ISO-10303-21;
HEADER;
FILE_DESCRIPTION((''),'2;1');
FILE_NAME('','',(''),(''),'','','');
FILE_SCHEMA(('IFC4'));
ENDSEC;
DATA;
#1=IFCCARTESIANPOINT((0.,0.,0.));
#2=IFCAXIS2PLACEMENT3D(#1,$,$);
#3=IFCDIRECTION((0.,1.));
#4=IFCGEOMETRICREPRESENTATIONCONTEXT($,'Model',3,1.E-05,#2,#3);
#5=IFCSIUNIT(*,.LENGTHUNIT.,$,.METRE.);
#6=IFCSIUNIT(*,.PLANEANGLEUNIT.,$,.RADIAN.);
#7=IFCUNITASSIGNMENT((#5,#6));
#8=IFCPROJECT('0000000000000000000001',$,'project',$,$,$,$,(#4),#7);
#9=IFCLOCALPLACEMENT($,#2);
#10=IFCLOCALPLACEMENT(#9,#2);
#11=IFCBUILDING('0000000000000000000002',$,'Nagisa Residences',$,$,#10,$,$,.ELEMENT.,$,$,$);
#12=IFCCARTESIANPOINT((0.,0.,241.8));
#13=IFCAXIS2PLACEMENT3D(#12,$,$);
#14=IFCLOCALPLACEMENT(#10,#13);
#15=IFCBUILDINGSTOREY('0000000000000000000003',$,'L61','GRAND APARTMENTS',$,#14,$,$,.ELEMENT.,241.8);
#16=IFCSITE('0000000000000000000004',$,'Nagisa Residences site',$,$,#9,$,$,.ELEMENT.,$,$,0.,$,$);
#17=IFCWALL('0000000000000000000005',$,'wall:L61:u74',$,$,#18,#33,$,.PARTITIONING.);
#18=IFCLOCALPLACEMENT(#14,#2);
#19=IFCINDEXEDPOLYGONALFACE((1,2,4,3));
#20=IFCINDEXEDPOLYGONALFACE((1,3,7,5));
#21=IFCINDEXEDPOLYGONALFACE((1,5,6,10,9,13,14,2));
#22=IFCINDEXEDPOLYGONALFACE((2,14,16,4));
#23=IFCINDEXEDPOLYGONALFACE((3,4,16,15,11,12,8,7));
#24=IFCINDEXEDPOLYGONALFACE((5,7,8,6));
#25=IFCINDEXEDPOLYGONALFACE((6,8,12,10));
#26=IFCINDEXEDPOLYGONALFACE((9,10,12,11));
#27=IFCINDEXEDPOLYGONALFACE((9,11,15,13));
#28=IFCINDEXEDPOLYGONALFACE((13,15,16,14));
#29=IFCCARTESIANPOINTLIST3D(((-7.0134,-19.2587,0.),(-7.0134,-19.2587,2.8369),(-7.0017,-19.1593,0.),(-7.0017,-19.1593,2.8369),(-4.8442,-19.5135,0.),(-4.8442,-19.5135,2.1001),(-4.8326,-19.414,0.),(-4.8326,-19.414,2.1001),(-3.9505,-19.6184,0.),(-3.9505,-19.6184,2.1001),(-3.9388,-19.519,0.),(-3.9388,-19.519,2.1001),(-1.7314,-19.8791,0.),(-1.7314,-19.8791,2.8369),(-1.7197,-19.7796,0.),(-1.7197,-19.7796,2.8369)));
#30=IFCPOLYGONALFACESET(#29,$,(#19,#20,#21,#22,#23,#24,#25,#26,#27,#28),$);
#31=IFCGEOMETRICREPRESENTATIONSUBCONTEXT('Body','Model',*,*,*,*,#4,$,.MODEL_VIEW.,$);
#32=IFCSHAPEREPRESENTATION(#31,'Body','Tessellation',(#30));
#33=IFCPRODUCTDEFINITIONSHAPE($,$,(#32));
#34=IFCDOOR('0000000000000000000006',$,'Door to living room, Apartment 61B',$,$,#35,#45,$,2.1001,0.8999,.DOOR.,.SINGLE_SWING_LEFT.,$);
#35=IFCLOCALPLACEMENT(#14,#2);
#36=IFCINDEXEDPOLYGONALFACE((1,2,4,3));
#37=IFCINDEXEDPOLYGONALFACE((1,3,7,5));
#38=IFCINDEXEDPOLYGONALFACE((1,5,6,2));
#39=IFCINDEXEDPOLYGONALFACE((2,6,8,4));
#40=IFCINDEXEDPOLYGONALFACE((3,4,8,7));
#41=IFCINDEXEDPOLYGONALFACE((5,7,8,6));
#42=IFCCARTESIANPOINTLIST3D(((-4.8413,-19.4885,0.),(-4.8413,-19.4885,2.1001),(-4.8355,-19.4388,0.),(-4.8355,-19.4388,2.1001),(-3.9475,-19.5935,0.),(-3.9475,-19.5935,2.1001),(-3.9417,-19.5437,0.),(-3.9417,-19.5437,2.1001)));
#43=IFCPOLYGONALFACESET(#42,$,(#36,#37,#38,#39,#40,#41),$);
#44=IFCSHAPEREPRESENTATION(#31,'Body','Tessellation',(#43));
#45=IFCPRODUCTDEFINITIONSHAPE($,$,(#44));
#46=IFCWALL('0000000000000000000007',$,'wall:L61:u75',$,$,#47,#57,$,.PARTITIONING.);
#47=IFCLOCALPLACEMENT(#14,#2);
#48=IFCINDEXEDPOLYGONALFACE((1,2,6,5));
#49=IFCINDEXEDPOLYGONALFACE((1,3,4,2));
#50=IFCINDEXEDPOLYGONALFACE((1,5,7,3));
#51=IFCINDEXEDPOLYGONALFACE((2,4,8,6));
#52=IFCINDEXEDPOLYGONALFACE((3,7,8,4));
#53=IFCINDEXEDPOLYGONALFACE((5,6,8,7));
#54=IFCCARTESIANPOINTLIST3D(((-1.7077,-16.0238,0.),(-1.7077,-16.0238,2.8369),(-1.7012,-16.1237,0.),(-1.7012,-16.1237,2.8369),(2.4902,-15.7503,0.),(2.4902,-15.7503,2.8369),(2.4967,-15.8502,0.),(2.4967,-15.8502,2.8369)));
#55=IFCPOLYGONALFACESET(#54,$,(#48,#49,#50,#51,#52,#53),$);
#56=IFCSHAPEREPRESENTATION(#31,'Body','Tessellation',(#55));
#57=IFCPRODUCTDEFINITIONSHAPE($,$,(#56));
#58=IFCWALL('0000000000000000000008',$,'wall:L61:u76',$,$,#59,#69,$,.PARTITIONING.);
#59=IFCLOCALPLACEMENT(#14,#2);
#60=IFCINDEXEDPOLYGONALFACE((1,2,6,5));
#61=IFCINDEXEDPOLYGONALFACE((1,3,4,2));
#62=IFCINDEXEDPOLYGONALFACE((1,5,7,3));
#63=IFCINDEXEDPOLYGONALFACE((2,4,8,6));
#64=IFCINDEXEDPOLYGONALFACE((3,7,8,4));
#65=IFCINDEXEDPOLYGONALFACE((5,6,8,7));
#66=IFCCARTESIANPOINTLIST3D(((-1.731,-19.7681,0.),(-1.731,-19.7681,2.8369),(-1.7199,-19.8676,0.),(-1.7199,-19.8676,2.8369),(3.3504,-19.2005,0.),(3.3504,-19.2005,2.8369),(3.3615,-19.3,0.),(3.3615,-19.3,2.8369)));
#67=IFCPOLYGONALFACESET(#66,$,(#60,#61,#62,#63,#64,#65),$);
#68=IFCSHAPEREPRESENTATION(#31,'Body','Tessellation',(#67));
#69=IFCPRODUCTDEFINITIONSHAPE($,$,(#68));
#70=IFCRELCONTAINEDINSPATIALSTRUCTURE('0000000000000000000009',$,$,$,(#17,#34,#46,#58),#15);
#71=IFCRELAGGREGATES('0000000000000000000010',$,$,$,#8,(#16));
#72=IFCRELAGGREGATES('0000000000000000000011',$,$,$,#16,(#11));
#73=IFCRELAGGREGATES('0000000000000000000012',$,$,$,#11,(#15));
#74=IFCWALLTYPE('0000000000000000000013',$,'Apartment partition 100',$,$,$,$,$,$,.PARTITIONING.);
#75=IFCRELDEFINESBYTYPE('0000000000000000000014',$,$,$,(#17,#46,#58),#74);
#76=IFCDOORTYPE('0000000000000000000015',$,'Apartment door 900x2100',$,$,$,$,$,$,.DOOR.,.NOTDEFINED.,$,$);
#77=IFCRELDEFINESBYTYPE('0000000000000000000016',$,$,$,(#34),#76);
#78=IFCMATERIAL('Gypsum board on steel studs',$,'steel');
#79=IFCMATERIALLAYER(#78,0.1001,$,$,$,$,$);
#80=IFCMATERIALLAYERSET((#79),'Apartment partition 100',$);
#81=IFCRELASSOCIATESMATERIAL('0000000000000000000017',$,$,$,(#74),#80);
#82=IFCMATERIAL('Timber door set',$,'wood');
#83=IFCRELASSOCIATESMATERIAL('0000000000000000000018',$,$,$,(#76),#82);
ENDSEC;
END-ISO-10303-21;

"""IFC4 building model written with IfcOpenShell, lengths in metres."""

from ifc_helpers import new_model, si_unit, direction, frame, frame_2d, origin, place, context, subcontext, project, spatial, rectangle, extrude, material, layer, layer_set, type_object, element, fill, save


model = new_model("IFC4")

# Units and contexts
model_context = context("Model", 3, precision=1e-05, world=origin(), true_north=direction((0.0, 1.0)))
body_context = subcontext(model_context, "Body", "Model", "MODEL_VIEW")
ifc_project = project(units=[si_unit("LENGTHUNIT", "METRE"), si_unit("PLANEANGLEUNIT", "RADIAN")], contexts=[model_context])

# Site, building, storey
site_placement = place(None, origin())
site = spatial("IfcSite", under=ifc_project, at=site_placement, Name="Nagisa Residences site", CompositionType="ELEMENT", RefElevation=0.0)
building_placement = place(site_placement, origin())
building = spatial("IfcBuilding", under=site, at=building_placement, Name="Nagisa Residences", CompositionType="ELEMENT")
storey_placement = place(building_placement, frame((0.0, 0.0, 241.8)))
storey = spatial("IfcBuildingStorey", under=building, at=storey_placement, Name="L61", Description="GRAND APARTMENTS", CompositionType="ELEMENT", Elevation=241.8)

# Shared definitions
ifc_material_1 = material(Name="Gypsum board on steel studs", Category="steel")
ifc_layer_1 = layer(ifc_material_1, 0.1001)
ifc_layer_set_1 = layer_set([ifc_layer_1], Name="Apartment partition 100")
wall_type_1 = type_object("IfcWallType", Name="Apartment partition 100", PredefinedType="PARTITIONING", material=ifc_layer_set_1)

# Wall, opening, door
ifc_material_2 = material(Name="Timber door set", Category="wood")
door_type_1 = type_object("IfcDoorType", Name="Apartment door 900x2100", OperationType="NOTDEFINED", PredefinedType="DOOR", material=ifc_material_2)
wall_1_placement = place(storey_placement, frame((-7.0076, -19.209, 0.0), z_axis=(0.0, 0.0, 1.0), x_axis=(0.993173, -0.116647, 0.0)))
wall_1 = element("IfcWall", 1, at=wall_1_placement, inside=storey, type_object=wall_type_1, Name="wall:L61:u74", PredefinedType="PARTITIONING", context=body_context, shape_type="SweptSolid", body=[
    extrude(rectangle(XDim=5.3184, YDim=0.1001, at=frame_2d((2.6592, 0.0))), origin(), (0.0, 0.0, 1.0), 2.8369),
])
opening_1_placement = place(wall_1_placement, frame((2.1841, 0.0, 0.0)))
opening_1 = element("IfcOpeningElement", 2, at=opening_1_placement, cuts=wall_1, PredefinedType="OPENING", context=body_context, shape_type="SweptSolid", body=[
    extrude(rectangle(XDim=0.8999, YDim=2.1001, at=frame_2d((0.45, 1.05))), frame((0.0, 0.0601, 0.0), z_axis=(0.0, -1.0, 0.0), x_axis=(1.0, 0.0, 0.0)), (0.0, 0.0, 1.0), 0.1201),
])
door_1_placement = place(opening_1_placement, frame((0.8999, 0.0, 0.0), x_axis=(-1.0, 0.0, 0.0)))
door_1 = element("IfcDoor", 3, at=door_1_placement, inside=storey, type_object=door_type_1, Name="Door to living room, Apartment 61B", OperationType="SINGLE_SWING_LEFT", OverallHeight=2.1001, OverallWidth=0.8999, PredefinedType="DOOR", context=body_context, shape_type="SweptSolid", body=[
    extrude(rectangle(XDim=0.8999, YDim=2.1001, at=frame_2d((0.45, 1.05))), frame((0.0, 0.0249, 0.0), z_axis=(0.0, -1.0, 0.0), x_axis=(1.0, 0.0, 0.0)), (0.0, 0.0, 1.0), 0.05),
])
fill(opening_1, door_1)

# Walls
wall_2_placement = place(storey_placement, frame((-1.7046, -16.0737, 0.0), z_axis=(0.0, 0.0, 1.0), x_axis=(0.997885, 0.064997, 0.0)))
element("IfcWall", 4, at=wall_2_placement, inside=storey, type_object=wall_type_1, Name="wall:L61:u75", PredefinedType="PARTITIONING", context=body_context, shape_type="SweptSolid", body=[
    extrude(rectangle(XDim=4.2068, YDim=0.1001, at=frame_2d((2.1035, 0.0))), origin(), (0.0, 0.0, 1.0), 2.8369),
])
wall_3_placement = place(storey_placement, frame((-1.7256, -19.8179, 0.0), z_axis=(0.0, 0.0, 1.0), x_axis=(0.993819, 0.111013, 0.0)))
element("IfcWall", 5, at=wall_3_placement, inside=storey, type_object=wall_type_1, Name="wall:L61:u76", PredefinedType="PARTITIONING", context=body_context, shape_type="SweptSolid", body=[
    extrude(rectangle(XDim=5.113, YDim=0.1001, at=frame_2d((2.5566, 0.0))), origin(), (0.0, 0.0, 1.0), 2.8369),
])

save(model, "model.ifc")
